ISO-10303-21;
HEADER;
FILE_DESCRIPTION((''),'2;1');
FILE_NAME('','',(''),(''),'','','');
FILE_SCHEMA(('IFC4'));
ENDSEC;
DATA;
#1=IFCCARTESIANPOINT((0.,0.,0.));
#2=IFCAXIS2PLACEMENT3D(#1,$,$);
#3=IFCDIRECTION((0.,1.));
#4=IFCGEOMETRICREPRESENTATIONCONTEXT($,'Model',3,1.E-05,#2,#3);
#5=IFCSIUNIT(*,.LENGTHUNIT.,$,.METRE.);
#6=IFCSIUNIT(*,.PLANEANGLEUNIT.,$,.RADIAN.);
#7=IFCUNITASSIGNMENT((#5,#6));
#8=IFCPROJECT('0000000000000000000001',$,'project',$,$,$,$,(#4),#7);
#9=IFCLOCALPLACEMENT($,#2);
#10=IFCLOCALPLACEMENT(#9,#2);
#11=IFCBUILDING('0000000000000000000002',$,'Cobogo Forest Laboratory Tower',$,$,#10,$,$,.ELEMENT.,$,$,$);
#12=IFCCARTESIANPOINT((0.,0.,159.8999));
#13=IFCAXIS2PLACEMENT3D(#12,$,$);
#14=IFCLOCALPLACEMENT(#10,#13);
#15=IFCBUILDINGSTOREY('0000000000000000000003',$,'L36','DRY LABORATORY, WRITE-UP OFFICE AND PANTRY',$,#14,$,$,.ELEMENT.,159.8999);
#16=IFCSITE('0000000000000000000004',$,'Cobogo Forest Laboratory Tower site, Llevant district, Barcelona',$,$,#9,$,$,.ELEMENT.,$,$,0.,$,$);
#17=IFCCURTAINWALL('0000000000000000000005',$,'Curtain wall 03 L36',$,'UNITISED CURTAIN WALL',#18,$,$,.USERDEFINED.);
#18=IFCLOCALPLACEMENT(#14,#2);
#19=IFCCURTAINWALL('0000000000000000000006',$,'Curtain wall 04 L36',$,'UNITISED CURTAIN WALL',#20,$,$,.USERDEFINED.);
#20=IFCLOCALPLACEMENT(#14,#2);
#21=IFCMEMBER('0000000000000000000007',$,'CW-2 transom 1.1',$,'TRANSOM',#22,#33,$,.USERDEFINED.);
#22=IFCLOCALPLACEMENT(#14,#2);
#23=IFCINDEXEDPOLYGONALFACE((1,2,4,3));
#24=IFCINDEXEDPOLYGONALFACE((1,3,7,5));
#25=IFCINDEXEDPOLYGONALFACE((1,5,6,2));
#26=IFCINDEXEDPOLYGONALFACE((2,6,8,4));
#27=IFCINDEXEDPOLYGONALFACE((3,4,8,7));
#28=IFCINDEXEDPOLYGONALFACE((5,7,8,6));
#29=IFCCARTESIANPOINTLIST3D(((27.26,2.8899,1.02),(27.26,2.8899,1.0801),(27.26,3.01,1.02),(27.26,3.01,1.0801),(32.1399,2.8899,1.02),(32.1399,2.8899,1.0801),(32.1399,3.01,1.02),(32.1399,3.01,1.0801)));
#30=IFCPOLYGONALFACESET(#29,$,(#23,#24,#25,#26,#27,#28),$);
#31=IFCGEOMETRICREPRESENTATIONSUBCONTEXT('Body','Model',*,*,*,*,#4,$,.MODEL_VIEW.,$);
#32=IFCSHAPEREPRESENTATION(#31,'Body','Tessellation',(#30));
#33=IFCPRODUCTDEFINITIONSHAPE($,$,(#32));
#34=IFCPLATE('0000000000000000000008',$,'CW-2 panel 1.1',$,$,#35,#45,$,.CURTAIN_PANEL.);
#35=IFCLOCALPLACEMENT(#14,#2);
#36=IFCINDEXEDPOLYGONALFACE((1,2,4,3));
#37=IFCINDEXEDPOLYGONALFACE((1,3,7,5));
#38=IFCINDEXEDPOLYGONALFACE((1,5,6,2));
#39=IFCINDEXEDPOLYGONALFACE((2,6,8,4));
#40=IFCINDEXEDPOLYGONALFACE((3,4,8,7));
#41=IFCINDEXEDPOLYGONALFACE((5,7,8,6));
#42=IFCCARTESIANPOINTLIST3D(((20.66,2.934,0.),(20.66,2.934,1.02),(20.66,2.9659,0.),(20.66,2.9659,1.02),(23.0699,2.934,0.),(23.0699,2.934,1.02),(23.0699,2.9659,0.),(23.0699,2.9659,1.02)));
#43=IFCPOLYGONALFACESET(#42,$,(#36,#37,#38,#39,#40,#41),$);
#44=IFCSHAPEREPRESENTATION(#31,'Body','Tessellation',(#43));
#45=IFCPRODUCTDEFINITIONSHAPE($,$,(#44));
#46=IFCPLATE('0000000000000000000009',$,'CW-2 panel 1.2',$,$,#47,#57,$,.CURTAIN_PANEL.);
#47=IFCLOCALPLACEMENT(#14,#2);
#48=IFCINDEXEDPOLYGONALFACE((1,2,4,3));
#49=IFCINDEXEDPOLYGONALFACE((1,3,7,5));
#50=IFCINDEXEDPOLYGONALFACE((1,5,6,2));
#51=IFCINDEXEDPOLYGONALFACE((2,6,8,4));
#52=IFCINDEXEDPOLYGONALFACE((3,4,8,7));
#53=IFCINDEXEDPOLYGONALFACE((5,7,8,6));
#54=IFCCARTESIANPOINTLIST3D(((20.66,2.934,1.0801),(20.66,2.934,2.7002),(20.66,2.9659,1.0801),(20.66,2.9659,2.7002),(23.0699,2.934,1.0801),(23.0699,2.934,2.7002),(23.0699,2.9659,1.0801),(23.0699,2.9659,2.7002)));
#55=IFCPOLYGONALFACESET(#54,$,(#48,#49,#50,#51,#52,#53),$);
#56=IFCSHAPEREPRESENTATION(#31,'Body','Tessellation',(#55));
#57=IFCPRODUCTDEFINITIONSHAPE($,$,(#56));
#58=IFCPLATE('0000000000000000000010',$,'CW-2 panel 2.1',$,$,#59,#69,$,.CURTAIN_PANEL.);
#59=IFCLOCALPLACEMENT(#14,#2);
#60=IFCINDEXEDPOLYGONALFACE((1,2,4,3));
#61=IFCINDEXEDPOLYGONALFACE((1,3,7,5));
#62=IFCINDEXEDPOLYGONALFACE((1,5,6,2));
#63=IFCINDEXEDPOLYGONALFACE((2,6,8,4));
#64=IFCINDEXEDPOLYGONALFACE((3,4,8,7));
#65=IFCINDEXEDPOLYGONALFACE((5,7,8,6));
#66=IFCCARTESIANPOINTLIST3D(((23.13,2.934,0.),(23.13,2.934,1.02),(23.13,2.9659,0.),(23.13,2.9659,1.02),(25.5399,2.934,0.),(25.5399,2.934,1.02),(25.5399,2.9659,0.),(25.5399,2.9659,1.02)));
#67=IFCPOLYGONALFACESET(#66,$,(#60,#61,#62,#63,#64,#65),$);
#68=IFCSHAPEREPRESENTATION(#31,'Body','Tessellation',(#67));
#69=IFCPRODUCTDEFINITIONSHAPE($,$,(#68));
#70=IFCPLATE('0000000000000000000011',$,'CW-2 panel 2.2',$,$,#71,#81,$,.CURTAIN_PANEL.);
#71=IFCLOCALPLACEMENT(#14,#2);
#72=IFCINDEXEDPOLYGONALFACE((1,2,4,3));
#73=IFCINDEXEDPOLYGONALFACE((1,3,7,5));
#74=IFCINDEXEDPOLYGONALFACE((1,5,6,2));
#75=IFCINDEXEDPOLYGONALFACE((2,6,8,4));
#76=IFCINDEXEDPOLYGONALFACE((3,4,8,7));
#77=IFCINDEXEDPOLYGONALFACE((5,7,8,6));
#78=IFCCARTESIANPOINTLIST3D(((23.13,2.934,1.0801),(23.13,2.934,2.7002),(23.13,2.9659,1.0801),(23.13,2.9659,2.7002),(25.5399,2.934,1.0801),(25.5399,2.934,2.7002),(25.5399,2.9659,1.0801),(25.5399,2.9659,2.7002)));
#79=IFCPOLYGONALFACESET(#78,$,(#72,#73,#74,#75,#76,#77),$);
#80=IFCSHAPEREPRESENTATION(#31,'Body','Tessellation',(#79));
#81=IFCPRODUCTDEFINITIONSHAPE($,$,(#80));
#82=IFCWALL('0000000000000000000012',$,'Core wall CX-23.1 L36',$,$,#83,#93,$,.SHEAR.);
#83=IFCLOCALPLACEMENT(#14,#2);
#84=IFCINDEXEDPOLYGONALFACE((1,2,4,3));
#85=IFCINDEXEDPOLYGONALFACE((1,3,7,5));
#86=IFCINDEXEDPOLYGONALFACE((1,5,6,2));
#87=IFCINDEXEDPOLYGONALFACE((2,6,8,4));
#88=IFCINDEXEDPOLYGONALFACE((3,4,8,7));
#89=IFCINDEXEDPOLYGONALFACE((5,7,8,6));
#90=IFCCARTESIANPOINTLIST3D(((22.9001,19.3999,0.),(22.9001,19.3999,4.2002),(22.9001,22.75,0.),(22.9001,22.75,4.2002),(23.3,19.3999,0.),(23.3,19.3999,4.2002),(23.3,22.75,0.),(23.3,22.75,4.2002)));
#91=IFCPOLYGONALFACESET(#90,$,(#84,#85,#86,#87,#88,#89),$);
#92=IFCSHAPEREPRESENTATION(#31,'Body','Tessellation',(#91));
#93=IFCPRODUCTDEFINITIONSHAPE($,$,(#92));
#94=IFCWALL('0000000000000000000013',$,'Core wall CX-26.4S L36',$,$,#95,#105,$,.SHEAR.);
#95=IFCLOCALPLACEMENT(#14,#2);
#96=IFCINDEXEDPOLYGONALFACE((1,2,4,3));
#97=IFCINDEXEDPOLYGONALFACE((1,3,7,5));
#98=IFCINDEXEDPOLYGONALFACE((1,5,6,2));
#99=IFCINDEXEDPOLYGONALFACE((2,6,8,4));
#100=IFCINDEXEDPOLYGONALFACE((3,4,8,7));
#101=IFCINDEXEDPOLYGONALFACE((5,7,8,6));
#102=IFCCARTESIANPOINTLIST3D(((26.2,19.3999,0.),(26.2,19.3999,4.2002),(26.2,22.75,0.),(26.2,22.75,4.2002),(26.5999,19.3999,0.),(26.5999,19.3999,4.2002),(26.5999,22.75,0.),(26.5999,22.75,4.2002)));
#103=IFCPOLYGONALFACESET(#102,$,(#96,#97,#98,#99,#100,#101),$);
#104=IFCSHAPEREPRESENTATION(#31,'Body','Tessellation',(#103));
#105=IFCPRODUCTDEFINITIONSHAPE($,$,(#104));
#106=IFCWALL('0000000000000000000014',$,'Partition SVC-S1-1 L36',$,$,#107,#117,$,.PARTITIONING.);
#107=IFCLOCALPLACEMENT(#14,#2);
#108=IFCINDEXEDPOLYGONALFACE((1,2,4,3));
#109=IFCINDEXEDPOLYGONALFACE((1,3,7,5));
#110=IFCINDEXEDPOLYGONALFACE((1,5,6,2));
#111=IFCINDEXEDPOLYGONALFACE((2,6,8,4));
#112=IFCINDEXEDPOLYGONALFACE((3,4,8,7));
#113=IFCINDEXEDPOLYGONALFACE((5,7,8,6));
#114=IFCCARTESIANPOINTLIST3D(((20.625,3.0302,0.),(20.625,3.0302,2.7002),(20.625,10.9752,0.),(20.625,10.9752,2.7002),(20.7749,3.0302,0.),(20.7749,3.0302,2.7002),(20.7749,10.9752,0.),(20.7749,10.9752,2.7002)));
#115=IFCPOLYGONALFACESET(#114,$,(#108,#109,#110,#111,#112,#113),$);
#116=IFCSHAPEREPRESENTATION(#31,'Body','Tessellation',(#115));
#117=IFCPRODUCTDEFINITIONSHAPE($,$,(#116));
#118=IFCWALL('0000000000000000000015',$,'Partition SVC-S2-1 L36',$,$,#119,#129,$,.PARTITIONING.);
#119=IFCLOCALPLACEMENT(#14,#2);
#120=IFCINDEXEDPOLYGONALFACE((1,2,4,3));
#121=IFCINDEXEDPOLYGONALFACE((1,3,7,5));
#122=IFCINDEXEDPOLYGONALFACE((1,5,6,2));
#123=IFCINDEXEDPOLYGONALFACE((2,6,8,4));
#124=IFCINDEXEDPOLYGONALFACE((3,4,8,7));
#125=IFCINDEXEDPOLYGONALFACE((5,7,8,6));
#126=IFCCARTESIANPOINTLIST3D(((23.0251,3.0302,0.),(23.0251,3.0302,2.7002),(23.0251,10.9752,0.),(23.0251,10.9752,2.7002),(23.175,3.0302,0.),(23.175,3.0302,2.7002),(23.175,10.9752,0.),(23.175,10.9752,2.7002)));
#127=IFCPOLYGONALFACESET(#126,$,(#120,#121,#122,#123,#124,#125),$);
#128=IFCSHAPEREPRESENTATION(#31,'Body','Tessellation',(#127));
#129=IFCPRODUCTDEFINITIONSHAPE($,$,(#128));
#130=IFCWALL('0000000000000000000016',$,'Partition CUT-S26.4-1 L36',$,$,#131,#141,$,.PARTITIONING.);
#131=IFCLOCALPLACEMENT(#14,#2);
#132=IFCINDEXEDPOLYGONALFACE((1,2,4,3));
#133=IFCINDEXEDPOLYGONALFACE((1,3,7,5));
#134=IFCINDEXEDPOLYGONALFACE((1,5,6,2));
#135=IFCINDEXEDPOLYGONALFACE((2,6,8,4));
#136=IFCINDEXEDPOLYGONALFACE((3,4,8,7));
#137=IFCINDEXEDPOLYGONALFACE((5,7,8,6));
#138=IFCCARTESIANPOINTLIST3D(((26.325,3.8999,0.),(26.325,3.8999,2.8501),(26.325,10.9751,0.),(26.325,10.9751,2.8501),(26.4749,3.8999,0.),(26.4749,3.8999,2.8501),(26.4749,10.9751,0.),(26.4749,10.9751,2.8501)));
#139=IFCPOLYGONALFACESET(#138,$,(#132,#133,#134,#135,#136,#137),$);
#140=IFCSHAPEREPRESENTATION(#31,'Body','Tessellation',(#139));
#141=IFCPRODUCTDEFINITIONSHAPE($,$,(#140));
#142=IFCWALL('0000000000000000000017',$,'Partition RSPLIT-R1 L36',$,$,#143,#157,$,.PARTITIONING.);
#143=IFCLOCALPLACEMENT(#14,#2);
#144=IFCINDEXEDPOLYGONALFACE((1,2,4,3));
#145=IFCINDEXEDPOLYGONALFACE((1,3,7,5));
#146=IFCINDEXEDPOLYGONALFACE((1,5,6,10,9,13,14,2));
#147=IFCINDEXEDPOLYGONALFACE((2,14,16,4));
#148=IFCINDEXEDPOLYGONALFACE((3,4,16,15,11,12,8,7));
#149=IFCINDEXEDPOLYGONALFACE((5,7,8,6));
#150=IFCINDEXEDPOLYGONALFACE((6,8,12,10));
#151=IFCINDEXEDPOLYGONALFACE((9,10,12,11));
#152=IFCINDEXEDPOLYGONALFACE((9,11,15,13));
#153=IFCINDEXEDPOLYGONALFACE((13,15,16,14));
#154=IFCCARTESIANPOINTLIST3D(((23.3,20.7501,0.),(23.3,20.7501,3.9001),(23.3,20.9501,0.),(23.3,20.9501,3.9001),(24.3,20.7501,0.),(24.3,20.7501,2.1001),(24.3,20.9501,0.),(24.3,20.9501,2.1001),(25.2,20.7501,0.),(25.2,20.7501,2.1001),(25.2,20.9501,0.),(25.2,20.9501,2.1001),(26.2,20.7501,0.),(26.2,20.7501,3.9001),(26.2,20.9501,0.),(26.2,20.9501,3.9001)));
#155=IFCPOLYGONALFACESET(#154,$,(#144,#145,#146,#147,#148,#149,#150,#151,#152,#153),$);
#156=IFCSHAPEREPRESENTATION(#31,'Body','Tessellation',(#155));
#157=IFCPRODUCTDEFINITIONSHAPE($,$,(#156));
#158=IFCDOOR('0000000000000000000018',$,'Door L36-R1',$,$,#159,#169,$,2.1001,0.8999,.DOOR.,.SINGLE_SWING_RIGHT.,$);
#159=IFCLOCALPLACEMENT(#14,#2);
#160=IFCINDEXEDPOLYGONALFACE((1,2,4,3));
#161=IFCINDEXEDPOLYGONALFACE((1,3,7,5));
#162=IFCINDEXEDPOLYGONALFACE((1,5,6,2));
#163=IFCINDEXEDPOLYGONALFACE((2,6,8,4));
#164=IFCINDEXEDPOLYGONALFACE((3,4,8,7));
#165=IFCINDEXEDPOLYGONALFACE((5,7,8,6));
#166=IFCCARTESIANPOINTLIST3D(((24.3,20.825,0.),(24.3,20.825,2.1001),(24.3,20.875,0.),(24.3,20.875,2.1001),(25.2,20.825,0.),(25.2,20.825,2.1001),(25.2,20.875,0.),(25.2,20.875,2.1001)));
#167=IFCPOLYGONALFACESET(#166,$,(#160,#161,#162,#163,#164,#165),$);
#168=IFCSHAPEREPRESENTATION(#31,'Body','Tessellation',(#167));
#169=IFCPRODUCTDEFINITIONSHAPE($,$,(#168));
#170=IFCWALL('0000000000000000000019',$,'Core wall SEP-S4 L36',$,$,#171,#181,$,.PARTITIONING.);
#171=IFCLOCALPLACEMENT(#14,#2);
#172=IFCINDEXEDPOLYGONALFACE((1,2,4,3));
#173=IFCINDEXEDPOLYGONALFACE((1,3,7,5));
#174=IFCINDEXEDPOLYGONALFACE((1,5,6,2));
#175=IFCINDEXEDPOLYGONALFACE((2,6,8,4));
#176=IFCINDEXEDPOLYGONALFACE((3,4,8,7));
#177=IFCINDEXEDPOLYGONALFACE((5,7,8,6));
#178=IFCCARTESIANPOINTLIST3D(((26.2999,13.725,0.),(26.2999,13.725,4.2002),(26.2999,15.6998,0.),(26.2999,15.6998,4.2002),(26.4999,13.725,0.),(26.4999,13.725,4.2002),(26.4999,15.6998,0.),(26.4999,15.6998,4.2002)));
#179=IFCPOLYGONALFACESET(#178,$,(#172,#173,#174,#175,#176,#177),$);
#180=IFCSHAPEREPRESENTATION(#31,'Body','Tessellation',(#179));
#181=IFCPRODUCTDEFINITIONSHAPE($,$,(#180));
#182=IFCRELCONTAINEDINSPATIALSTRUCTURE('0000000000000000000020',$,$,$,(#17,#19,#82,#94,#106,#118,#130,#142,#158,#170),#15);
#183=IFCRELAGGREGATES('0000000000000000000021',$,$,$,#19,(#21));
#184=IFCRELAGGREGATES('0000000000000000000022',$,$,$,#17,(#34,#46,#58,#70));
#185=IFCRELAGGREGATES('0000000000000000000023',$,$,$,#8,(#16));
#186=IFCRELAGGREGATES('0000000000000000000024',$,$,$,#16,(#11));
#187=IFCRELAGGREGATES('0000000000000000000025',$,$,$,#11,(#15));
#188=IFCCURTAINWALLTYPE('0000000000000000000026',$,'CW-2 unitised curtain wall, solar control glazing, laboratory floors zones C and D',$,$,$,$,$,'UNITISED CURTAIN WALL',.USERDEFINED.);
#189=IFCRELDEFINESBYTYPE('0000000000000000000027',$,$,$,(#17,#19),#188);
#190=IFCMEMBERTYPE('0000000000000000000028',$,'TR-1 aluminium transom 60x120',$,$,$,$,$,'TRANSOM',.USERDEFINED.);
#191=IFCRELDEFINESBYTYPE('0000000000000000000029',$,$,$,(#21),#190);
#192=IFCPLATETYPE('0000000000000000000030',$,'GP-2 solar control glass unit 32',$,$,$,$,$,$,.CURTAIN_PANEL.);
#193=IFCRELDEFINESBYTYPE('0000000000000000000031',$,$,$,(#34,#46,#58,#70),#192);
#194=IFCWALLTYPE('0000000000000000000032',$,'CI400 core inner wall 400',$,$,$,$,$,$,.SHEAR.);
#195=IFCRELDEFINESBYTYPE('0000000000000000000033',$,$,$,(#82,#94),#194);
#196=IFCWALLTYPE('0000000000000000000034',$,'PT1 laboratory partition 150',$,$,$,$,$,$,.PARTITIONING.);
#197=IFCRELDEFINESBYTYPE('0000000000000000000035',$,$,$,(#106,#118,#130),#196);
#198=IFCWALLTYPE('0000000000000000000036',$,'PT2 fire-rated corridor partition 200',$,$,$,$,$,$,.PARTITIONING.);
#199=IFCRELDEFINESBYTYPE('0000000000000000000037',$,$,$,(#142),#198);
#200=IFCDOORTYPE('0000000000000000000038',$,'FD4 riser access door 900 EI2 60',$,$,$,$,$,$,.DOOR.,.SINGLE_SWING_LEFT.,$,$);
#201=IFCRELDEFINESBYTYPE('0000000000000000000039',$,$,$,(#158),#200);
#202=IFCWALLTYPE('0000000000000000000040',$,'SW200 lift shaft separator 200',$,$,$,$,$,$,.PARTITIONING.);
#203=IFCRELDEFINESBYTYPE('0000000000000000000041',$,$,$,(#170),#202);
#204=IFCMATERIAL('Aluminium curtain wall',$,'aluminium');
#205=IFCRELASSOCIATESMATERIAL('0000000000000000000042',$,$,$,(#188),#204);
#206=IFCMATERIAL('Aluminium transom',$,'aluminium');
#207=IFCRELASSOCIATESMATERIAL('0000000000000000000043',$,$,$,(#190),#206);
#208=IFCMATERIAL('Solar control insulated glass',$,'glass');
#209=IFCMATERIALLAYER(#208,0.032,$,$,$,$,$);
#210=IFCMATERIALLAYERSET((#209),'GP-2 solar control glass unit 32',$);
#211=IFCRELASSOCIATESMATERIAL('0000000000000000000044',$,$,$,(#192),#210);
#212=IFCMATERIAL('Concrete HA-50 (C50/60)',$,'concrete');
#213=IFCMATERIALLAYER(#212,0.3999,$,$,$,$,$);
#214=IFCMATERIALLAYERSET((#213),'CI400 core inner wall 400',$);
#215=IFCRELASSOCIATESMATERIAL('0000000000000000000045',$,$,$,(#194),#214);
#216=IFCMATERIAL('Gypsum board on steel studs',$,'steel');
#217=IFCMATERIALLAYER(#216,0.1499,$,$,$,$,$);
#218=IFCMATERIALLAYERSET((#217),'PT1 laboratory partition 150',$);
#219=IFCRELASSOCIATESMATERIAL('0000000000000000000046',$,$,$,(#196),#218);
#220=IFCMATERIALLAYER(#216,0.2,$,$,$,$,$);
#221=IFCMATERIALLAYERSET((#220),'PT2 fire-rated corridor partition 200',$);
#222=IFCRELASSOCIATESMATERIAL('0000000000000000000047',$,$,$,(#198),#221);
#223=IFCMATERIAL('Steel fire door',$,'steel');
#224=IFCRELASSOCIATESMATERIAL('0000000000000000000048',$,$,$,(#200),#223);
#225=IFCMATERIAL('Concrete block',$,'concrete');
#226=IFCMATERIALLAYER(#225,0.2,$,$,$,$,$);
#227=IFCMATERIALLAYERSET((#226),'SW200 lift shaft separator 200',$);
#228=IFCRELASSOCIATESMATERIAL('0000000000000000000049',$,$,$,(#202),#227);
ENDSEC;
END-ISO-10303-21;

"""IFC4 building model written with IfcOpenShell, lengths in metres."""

from ifc_helpers import new_model, si_unit, direction, frame, frame_2d, origin, origin_2d, place, context, subcontext, project, spatial, rectangle, extrude, material, layer, layer_set, material_profile, profile_set, type_object, element, fill, aggregate, save


model = new_model("IFC4")

# Units and contexts
model_context = context("Model", 3, precision=1e-05, world=origin(), true_north=direction((0.0, 1.0)))
body_context = subcontext(model_context, "Body", "Model", "MODEL_VIEW")
ifc_project = project(units=[si_unit("LENGTHUNIT", "METRE"), si_unit("PLANEANGLEUNIT", "RADIAN")], contexts=[model_context])

# Site, building, storey
site_placement = place(None, origin())
site = spatial("IfcSite", under=ifc_project, at=site_placement, Name="Cobogo Forest Laboratory Tower site, Llevant district, Barcelona", CompositionType="ELEMENT", RefElevation=0.0)
building_placement = place(site_placement, origin())
building = spatial("IfcBuilding", under=site, at=building_placement, Name="Cobogo Forest Laboratory Tower", CompositionType="ELEMENT")
storey_placement = place(building_placement, frame((0.0, 0.0, 159.8999)))
storey = spatial("IfcBuildingStorey", under=building, at=storey_placement, Name="L36", Description="DRY LABORATORY, WRITE-UP OFFICE AND PANTRY", CompositionType="ELEMENT", Elevation=159.8999)

# Shared definitions
ifc_material_1 = material(Name="Concrete HA-50 (C50/60)", Category="concrete")

# Curtain wall
ifc_material_2 = material(Name="Aluminium curtain wall", Category="aluminium")
curtain_wall_type = type_object("IfcCurtainWallType", Name="CW-2 unitised curtain wall, solar control glazing, laboratory floors zones C and D", ElementType="UNITISED CURTAIN WALL", PredefinedType="USERDEFINED", material=ifc_material_2)
curtain_wall_1_placement = place(storey_placement, origin())
curtain_wall_1 = element("IfcCurtainWall", 1, at=curtain_wall_1_placement, inside=storey, type_object=curtain_wall_type, Name="Curtain wall 03 L36", ObjectType="UNITISED CURTAIN WALL", PredefinedType="USERDEFINED")

# Curtain wall
curtain_wall_2_placement = place(storey_placement, origin())
curtain_wall_2 = element("IfcCurtainWall", 2, at=curtain_wall_2_placement, inside=storey, type_object=curtain_wall_type, Name="Curtain wall 04 L36", ObjectType="UNITISED CURTAIN WALL", PredefinedType="USERDEFINED")

# Member
ifc_material_3 = material(Name="Aluminium transom", Category="aluminium")
ifc_material_profile_1 = material_profile(ifc_material_3, rectangle(XDim=0.1201, YDim=0.0601, at=origin_2d()), Name="AL 60x120")
ifc_profile_set_1 = profile_set([ifc_material_profile_1], Name="Aluminium transom")
member_type_1 = type_object("IfcMemberType", Name="TR-1 aluminium transom 60x120", ElementType="TRANSOM", PredefinedType="USERDEFINED", material=ifc_profile_set_1)
member_1_placement = place(storey_placement, frame((27.26, 2.95, 1.05), z_axis=(1.0, 0.0, 0.0), x_axis=(0.0, 1.0, 0.0)))
member_1 = element("IfcMember", 3, at=member_1_placement, type_object=member_type_1, Name="CW-2 transom 1.1", ObjectType="TRANSOM", PredefinedType="USERDEFINED", context=body_context, shape_type="SweptSolid", body=[
    extrude(rectangle(XDim=0.1201, YDim=0.0601, at=origin_2d()), origin(), (0.0, 0.0, 1.0), 4.8799),
])
aggregate(curtain_wall_2, [member_1])

# Plates
ifc_material_4 = material(Name="Solar control insulated glass", Category="glass")
ifc_layer_1 = layer(ifc_material_4, 0.032)
ifc_layer_set_1 = layer_set([ifc_layer_1], Name="GP-2 solar control glass unit 32")
plate_type = type_object("IfcPlateType", Name="GP-2 solar control glass unit 32", PredefinedType="CURTAIN_PANEL", material=ifc_layer_set_1)
plate_1_placement = place(storey_placement, frame((21.865, 2.95, 0.0), z_axis=(0.0, 0.0, 1.0), x_axis=(1.0, 0.0, 0.0)))
plate_1 = element("IfcPlate", 4, at=plate_1_placement, type_object=plate_type, Name="CW-2 panel 1.1", PredefinedType="CURTAIN_PANEL", context=body_context, shape_type="SweptSolid", body=[
    extrude(rectangle(XDim=2.4099, YDim=0.032, at=origin_2d()), origin(), (0.0, 0.0, 1.0), 1.02),
])
plate_2_placement = place(storey_placement, frame((21.865, 2.95, 1.0801), z_axis=(0.0, 0.0, 1.0), x_axis=(1.0, 0.0, 0.0)))
plate_2 = element("IfcPlate", 5, at=plate_2_placement, type_object=plate_type, Name="CW-2 panel 1.2", PredefinedType="CURTAIN_PANEL", context=body_context, shape_type="SweptSolid", body=[
    extrude(rectangle(XDim=2.4099, YDim=0.032, at=origin_2d()), origin(), (0.0, 0.0, 1.0), 1.6201),
])
plate_3_placement = place(storey_placement, frame((24.335, 2.95, 0.0), z_axis=(0.0, 0.0, 1.0), x_axis=(1.0, 0.0, 0.0)))
plate_3 = element("IfcPlate", 6, at=plate_3_placement, type_object=plate_type, Name="CW-2 panel 2.1", PredefinedType="CURTAIN_PANEL", context=body_context, shape_type="SweptSolid", body=[
    extrude(rectangle(XDim=2.4099, YDim=0.032, at=origin_2d()), origin(), (0.0, 0.0, 1.0), 1.02),
])
plate_4_placement = place(storey_placement, frame((24.335, 2.95, 1.0801), z_axis=(0.0, 0.0, 1.0), x_axis=(1.0, 0.0, 0.0)))
plate_4 = element("IfcPlate", 7, at=plate_4_placement, type_object=plate_type, Name="CW-2 panel 2.2", PredefinedType="CURTAIN_PANEL", context=body_context, shape_type="SweptSolid", body=[
    extrude(rectangle(XDim=2.4099, YDim=0.032, at=origin_2d()), origin(), (0.0, 0.0, 1.0), 1.6201),
])
aggregate(curtain_wall_1, [plate_1, plate_2, plate_3, plate_4])

# Walls
ifc_layer_2 = layer(ifc_material_1, 0.3999)
ifc_layer_set_2 = layer_set([ifc_layer_2], Name="CI400 core inner wall 400")
wall_type_1 = type_object("IfcWallType", Name="CI400 core inner wall 400", PredefinedType="SHEAR", material=ifc_layer_set_2)
for number, where, z_axis, x_axis, name in (
    (8, (23.1001, 19.3999, 0.0), (0.0, 0.0, 1.0), (0.0, 1.0, 0.0), "Core wall CX-23.1 L36"),
    (9, (26.3999, 19.3999, 0.0), (0.0, 0.0, 1.0), (0.0, 1.0, 0.0), "Core wall CX-26.4S L36"),
):
    element("IfcWall", number, at=place(storey_placement, frame(where, z_axis=z_axis, x_axis=x_axis)), inside=storey, type_object=wall_type_1, Name=name, PredefinedType="SHEAR", context=body_context, shape_type="SweptSolid", body=[
        extrude(rectangle(XDim=3.3501, YDim=0.3999, at=frame_2d((1.675, 0.0))), origin(), (0.0, 0.0, 1.0), 4.2002),
    ])
ifc_material_5 = material(Name="Gypsum board on steel studs", Category="steel")
ifc_layer_3 = layer(ifc_material_5, 0.1499)
ifc_layer_set_3 = layer_set([ifc_layer_3], Name="PT1 laboratory partition 150")
wall_type_2 = type_object("IfcWallType", Name="PT1 laboratory partition 150", PredefinedType="PARTITIONING", material=ifc_layer_set_3)
for number, where, z_axis, x_axis, name in (
    (10, (20.7, 3.03, 0.0), (0.0, 0.0, 1.0), (0.0, 1.0, 0.0), "Partition SVC-S1-1 L36"),
    (11, (23.1001, 3.03, 0.0), (0.0, 0.0, 1.0), (0.0, 1.0, 0.0), "Partition SVC-S2-1 L36"),
):
    element("IfcWall", number, at=place(storey_placement, frame(where, z_axis=z_axis, x_axis=x_axis)), inside=storey, type_object=wall_type_2, Name=name, PredefinedType="PARTITIONING", context=body_context, shape_type="SweptSolid", body=[
        extrude(rectangle(XDim=7.9451, YDim=0.1499, at=frame_2d((3.9727, 0.0))), origin(), (0.0, 0.0, 1.0), 2.7002),
    ])
wall_1_placement = place(storey_placement, frame((26.3999, 3.8999, 0.0), z_axis=(0.0, 0.0, 1.0), x_axis=(0.0, 1.0, 0.0)))
element("IfcWall", 12, at=wall_1_placement, inside=storey, type_object=wall_type_2, Name="Partition CUT-S26.4-1 L36", PredefinedType="PARTITIONING", context=body_context, shape_type="SweptSolid", body=[
    extrude(rectangle(XDim=7.0752, YDim=0.1499, at=frame_2d((3.5376, 0.0))), origin(), (0.0, 0.0, 1.0), 2.8501),
])

# Wall, opening, door
ifc_layer_4 = layer(ifc_material_5, 0.2)
ifc_layer_set_4 = layer_set([ifc_layer_4], Name="PT2 fire-rated corridor partition 200")
wall_type_3 = type_object("IfcWallType", Name="PT2 fire-rated corridor partition 200", PredefinedType="PARTITIONING", material=ifc_layer_set_4)
wall_2_placement = place(storey_placement, frame((23.3, 20.8501, 0.0), z_axis=(0.0, 0.0, 1.0), x_axis=(1.0, 0.0, 0.0)))
wall_2 = element("IfcWall", 13, at=wall_2_placement, inside=storey, type_object=wall_type_3, Name="Partition RSPLIT-R1 L36", PredefinedType="PARTITIONING", context=body_context, shape_type="SweptSolid", body=[
    extrude(rectangle(XDim=2.8999, YDim=0.2, at=frame_2d((1.45, 0.0))), origin(), (0.0, 0.0, 1.0), 3.9001),
])
opening_placement = place(wall_2_placement, frame((1.0, 0.0, 0.0)))
opening = element("IfcOpeningElement", 14, at=opening_placement, cuts=wall_2, PredefinedType="OPENING", context=body_context, shape_type="SweptSolid", body=[
    extrude(rectangle(XDim=0.8999, YDim=2.1001, at=frame_2d((0.45, 1.05))), frame((0.0, 0.1099, 0.0), z_axis=(0.0, -1.0, 0.0), x_axis=(1.0, 0.0, 0.0)), (0.0, 0.0, 1.0), 0.22),
])
ifc_material_6 = material(Name="Steel fire door", Category="steel")
door_type = type_object("IfcDoorType", Name="FD4 riser access door 900 EI2 60", OperationType="SINGLE_SWING_LEFT", PredefinedType="DOOR", material=ifc_material_6)
door_placement = place(opening_placement, origin())
door = element("IfcDoor", 15, at=door_placement, inside=storey, type_object=door_type, Name="Door L36-R1", OperationType="SINGLE_SWING_RIGHT", OverallHeight=2.1001, OverallWidth=0.8999, PredefinedType="DOOR", context=body_context, shape_type="SweptSolid", body=[
    extrude(rectangle(XDim=0.8999, YDim=2.1001, at=frame_2d((0.45, 1.05))), frame((0.0, 0.0249, 0.0), z_axis=(0.0, -1.0, 0.0), x_axis=(1.0, 0.0, 0.0)), (0.0, 0.0, 1.0), 0.05),
])
fill(opening, door)

# Wall
ifc_material_7 = material(Name="Concrete block", Category="concrete")
ifc_layer_5 = layer(ifc_material_7, 0.2)
ifc_layer_set_5 = layer_set([ifc_layer_5], Name="SW200 lift shaft separator 200")
wall_type_4 = type_object("IfcWallType", Name="SW200 lift shaft separator 200", PredefinedType="PARTITIONING", material=ifc_layer_set_5)
wall_3_placement = place(storey_placement, frame((26.3999, 13.7251, 0.0), z_axis=(0.0, 0.0, 1.0), x_axis=(0.0, 1.0, 0.0)))
element("IfcWall", 16, at=wall_3_placement, inside=storey, type_object=wall_type_4, Name="Core wall SEP-S4 L36", PredefinedType="PARTITIONING", context=body_context, shape_type="SweptSolid", body=[
    extrude(rectangle(XDim=1.9749, YDim=0.2, at=frame_2d((0.9873, 0.0))), origin(), (0.0, 0.0, 1.0), 4.2002),
])

save(model, "model.ifc")
